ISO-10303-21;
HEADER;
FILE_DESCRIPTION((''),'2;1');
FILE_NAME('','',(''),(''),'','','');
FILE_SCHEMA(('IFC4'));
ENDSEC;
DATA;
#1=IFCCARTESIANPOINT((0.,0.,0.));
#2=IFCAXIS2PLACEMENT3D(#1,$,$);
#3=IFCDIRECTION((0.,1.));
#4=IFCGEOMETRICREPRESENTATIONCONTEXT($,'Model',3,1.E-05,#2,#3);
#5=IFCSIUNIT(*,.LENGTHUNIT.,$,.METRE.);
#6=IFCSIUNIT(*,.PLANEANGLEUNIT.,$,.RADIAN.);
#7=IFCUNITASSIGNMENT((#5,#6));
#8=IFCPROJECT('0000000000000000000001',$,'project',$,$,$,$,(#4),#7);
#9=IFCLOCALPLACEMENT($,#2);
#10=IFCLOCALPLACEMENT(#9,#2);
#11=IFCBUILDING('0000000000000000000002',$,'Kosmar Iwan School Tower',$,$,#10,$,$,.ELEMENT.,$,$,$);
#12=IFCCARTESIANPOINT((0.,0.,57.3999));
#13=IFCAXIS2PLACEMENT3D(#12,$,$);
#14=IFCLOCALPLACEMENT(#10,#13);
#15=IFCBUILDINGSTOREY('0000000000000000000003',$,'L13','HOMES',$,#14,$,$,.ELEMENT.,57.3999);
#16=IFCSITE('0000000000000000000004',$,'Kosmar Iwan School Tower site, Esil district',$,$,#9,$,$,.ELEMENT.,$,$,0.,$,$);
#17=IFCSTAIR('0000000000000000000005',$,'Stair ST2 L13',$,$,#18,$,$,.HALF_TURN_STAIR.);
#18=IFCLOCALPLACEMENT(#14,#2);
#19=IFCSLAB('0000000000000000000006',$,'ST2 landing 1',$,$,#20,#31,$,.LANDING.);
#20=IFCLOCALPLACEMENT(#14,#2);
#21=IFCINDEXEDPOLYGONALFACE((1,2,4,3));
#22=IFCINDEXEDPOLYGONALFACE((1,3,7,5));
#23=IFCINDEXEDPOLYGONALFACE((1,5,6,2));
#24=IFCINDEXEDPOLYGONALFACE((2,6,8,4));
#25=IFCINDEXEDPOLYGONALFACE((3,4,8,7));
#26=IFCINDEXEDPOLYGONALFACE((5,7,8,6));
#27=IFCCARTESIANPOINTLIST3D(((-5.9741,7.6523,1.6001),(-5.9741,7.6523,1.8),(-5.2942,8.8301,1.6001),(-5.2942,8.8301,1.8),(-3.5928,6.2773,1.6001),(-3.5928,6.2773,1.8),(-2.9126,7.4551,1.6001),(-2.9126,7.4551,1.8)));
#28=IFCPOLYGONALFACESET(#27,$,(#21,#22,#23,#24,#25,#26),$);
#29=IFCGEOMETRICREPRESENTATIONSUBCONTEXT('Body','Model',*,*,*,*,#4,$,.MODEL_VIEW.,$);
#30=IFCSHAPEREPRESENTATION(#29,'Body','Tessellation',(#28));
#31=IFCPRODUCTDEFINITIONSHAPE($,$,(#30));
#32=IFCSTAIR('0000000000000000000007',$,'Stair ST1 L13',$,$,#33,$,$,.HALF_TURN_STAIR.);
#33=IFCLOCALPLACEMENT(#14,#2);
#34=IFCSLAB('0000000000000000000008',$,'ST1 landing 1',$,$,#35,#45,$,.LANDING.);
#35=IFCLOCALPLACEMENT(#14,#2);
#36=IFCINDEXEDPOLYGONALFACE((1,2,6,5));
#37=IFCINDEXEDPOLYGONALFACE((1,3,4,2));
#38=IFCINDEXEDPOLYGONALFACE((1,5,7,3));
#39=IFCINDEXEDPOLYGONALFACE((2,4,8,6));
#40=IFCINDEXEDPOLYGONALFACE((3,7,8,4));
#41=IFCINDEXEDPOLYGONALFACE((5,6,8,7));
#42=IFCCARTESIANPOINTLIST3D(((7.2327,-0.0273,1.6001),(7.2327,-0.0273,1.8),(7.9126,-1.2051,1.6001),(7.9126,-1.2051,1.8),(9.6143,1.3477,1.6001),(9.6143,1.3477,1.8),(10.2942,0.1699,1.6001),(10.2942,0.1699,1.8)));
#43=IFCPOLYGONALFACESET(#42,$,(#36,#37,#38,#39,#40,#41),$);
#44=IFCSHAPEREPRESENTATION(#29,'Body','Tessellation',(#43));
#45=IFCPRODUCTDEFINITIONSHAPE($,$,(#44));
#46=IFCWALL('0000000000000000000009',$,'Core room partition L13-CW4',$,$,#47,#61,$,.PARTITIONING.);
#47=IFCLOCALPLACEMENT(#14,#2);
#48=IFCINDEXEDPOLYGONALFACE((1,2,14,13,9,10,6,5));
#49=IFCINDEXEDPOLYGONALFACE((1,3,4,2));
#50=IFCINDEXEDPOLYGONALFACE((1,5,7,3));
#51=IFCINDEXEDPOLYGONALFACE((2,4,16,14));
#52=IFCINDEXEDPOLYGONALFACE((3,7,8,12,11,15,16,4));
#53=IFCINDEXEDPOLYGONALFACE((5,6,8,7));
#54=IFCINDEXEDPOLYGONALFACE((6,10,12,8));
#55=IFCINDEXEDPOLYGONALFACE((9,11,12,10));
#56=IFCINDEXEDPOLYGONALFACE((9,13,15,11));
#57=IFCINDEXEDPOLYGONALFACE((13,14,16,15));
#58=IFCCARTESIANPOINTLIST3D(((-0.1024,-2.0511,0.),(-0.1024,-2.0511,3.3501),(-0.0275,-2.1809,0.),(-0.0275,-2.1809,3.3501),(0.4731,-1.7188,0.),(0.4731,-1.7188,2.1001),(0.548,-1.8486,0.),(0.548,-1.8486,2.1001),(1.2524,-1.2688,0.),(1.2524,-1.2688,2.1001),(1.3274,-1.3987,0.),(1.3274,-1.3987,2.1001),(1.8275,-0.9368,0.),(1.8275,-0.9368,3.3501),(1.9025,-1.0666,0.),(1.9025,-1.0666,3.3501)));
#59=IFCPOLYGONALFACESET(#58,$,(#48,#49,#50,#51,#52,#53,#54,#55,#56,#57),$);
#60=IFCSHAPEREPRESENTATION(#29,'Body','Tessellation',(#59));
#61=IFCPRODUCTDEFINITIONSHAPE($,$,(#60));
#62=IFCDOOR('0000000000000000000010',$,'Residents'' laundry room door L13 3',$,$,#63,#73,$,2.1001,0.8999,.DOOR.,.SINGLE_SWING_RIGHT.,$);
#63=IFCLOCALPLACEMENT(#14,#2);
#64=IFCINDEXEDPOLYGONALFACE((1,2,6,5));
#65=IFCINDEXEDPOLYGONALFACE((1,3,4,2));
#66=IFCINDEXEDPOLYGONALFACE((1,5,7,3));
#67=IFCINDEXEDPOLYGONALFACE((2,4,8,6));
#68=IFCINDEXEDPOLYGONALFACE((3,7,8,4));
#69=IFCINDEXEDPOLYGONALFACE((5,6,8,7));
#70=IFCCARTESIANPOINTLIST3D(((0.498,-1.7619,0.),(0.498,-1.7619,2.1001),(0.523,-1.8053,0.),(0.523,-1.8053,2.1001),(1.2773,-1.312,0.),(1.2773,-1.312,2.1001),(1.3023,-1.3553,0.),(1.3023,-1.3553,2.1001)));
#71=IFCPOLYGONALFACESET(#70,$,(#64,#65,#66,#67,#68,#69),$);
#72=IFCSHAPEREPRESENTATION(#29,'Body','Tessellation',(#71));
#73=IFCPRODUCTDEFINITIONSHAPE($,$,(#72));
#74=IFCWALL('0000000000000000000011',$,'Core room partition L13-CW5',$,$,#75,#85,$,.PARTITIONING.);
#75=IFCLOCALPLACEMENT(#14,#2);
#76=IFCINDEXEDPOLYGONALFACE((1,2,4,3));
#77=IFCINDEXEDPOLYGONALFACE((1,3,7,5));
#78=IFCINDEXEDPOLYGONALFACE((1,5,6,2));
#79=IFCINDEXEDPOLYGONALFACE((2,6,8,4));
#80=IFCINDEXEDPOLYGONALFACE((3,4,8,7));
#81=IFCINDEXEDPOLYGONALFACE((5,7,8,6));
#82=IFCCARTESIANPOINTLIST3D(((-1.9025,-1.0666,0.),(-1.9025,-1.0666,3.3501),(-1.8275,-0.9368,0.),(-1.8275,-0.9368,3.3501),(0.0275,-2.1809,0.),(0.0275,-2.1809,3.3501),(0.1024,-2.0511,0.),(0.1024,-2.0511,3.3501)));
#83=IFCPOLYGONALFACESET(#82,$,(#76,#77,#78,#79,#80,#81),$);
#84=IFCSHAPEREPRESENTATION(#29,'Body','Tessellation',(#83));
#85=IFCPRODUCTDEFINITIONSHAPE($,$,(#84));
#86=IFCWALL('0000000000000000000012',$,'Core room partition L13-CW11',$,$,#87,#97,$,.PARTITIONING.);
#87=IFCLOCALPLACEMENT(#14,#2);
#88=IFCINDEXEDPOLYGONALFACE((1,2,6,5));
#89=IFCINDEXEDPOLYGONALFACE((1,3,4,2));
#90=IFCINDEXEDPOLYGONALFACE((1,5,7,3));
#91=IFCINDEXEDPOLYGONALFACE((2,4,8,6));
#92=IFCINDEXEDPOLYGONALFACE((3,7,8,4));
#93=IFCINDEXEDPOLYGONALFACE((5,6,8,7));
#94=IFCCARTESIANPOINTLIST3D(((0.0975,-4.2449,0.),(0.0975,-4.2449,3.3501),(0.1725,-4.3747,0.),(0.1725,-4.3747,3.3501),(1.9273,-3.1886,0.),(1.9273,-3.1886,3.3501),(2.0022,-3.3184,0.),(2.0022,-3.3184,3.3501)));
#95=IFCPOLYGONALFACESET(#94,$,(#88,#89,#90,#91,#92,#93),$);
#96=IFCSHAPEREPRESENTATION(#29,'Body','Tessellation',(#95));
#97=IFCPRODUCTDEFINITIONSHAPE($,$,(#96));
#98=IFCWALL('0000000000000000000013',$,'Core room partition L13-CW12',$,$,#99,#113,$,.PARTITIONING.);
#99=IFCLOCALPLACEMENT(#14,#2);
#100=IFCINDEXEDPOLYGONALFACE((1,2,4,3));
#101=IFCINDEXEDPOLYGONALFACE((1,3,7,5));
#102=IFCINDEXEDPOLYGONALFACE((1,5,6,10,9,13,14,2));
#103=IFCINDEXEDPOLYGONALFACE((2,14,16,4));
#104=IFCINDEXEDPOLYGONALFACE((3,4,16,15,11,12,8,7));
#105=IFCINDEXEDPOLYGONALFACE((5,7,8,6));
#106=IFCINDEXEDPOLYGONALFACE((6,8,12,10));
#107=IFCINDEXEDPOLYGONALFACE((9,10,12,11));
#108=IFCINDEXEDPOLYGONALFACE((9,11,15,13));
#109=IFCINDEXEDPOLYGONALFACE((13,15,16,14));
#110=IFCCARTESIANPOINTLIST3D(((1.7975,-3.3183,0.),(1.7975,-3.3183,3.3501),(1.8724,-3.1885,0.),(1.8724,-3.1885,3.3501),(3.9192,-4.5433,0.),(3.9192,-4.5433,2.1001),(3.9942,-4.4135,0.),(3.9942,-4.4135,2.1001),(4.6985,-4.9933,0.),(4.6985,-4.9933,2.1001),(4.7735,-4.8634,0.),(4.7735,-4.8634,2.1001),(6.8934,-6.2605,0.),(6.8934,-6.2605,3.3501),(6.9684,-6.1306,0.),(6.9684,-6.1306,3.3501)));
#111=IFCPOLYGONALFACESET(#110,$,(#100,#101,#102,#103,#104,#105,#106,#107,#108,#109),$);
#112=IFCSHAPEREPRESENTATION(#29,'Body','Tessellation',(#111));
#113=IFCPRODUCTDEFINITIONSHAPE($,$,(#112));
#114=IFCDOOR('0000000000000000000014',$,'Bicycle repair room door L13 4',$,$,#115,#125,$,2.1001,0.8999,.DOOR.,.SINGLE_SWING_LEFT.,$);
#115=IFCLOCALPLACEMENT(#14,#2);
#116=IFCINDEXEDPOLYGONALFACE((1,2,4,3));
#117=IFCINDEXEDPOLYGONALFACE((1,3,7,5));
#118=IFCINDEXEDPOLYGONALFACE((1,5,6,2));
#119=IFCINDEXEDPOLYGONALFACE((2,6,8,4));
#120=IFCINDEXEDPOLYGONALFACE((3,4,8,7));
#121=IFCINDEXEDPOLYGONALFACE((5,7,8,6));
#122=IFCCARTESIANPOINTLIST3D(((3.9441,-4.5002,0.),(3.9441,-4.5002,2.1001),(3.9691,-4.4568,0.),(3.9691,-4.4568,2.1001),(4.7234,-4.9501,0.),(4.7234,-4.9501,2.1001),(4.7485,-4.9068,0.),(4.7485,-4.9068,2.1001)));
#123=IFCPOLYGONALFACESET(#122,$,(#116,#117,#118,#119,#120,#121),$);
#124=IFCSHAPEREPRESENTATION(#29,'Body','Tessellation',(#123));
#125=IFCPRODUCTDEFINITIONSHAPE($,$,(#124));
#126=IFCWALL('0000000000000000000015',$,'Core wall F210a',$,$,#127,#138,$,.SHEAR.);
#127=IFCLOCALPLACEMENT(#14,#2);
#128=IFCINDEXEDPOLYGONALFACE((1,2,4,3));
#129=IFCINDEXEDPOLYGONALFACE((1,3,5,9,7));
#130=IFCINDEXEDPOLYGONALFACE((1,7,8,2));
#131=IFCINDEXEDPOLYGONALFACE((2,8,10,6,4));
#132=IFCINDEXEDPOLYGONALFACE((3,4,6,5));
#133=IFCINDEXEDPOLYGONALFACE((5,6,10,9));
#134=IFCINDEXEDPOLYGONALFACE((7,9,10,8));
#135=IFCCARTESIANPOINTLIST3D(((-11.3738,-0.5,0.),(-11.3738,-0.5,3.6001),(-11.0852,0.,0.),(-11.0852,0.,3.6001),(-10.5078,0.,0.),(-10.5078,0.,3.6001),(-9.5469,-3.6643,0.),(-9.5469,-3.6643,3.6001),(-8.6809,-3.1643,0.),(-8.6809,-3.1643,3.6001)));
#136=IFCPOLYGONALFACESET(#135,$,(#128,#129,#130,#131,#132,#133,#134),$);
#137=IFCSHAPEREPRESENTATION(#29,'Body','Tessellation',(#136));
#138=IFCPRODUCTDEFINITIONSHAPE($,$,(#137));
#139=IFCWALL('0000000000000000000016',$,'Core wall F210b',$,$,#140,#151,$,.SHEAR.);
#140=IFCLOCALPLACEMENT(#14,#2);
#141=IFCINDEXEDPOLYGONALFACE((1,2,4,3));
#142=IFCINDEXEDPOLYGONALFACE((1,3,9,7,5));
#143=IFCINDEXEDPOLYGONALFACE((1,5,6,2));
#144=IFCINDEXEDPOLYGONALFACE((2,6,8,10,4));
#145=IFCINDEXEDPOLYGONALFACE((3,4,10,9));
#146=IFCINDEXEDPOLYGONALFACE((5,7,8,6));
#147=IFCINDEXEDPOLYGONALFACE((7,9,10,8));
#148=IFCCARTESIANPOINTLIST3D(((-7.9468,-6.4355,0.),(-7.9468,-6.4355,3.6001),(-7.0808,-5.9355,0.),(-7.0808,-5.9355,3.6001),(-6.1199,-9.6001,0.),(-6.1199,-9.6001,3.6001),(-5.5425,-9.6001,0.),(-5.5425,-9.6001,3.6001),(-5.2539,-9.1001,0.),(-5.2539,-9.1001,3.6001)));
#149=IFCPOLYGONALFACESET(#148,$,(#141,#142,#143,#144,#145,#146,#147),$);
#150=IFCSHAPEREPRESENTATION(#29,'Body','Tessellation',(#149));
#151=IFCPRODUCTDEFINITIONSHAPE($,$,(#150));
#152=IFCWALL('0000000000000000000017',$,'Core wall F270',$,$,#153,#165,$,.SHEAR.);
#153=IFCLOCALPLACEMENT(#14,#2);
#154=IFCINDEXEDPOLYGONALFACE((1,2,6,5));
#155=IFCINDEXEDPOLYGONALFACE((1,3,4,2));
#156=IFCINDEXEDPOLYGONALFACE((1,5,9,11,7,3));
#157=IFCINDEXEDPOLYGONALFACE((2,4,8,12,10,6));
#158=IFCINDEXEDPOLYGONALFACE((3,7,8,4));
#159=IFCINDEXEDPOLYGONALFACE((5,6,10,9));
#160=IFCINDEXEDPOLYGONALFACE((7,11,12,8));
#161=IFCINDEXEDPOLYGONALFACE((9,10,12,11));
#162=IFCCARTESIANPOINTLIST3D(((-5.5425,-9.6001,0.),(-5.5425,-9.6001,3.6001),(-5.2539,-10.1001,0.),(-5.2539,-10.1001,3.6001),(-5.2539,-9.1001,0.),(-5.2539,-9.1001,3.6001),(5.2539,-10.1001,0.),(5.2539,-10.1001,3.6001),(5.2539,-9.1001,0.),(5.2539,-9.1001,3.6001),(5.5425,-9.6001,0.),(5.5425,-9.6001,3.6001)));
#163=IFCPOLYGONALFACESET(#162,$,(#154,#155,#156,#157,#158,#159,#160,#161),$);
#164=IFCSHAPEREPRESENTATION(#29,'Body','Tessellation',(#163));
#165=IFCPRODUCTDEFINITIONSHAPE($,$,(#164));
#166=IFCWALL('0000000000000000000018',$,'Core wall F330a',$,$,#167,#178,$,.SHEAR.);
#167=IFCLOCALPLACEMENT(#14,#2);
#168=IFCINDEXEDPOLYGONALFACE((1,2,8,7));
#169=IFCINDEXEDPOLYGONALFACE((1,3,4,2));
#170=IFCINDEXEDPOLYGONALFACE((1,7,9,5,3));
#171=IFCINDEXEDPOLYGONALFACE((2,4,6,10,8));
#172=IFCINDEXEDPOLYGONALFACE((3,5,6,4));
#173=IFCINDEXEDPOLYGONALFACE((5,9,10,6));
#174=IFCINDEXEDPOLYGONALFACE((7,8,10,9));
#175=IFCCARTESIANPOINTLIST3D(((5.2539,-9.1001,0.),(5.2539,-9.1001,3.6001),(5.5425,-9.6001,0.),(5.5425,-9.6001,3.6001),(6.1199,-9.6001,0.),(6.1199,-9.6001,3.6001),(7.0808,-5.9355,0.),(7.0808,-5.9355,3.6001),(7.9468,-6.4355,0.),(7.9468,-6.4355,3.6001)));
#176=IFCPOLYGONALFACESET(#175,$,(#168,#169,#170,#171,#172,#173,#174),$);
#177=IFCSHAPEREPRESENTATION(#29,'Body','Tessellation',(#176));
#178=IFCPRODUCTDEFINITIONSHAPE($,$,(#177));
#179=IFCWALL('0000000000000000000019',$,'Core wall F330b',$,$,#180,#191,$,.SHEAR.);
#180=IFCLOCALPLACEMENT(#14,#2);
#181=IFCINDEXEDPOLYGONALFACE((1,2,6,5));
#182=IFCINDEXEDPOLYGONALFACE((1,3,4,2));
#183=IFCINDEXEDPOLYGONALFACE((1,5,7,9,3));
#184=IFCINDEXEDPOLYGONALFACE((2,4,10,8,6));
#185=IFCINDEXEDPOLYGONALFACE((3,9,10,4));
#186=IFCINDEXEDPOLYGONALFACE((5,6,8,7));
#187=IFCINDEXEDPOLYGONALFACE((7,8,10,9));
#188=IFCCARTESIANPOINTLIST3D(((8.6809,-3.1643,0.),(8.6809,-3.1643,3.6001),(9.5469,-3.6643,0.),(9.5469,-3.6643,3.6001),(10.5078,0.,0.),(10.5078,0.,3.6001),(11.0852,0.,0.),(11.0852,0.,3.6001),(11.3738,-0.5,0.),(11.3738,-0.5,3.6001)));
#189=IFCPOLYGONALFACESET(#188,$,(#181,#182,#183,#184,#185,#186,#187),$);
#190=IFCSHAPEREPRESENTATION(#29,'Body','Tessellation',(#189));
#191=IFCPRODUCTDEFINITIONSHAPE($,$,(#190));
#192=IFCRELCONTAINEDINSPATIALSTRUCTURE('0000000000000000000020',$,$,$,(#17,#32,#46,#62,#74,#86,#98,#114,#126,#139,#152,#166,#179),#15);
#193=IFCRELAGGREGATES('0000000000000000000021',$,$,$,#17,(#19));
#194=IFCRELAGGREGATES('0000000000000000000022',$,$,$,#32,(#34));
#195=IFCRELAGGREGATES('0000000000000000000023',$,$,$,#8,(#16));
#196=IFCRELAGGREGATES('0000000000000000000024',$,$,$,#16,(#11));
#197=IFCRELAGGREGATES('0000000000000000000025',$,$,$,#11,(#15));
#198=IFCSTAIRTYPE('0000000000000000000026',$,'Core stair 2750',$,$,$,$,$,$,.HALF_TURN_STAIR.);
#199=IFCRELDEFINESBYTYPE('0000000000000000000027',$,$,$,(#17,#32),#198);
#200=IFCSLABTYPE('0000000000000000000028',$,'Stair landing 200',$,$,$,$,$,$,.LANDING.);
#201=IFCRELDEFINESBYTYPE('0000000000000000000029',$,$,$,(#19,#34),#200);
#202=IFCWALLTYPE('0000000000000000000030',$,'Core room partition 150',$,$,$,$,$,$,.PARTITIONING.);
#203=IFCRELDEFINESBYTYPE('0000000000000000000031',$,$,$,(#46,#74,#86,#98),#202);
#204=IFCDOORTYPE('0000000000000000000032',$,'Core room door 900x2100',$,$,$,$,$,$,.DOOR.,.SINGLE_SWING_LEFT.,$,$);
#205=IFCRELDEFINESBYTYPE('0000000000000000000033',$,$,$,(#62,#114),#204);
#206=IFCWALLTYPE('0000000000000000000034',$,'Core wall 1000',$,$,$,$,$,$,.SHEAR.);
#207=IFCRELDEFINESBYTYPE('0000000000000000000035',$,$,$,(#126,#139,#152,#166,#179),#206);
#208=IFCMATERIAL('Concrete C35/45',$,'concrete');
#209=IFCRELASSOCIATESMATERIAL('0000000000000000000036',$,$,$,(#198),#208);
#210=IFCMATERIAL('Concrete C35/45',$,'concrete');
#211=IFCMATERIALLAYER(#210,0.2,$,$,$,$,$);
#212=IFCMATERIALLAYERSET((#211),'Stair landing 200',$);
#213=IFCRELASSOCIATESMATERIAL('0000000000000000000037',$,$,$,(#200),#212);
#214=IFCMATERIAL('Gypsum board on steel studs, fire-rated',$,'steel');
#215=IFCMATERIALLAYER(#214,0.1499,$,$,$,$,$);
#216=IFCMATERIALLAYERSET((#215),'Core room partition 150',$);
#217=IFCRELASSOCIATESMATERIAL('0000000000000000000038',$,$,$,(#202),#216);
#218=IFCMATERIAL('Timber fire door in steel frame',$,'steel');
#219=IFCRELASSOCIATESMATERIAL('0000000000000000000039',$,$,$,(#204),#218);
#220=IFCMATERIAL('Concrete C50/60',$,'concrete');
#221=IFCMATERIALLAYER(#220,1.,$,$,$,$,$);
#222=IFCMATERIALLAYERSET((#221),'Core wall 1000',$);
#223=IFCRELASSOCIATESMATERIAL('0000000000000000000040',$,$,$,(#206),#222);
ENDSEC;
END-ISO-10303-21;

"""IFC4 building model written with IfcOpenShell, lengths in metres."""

from ifc_helpers import new_model, si_unit, direction, frame, frame_2d, origin, place, context, subcontext, project, spatial, polyline, rectangle, outline, extrude, material, layer, layer_set, type_object, element, fill, aggregate, save


model = new_model("IFC4")

# Units and contexts
model_context = context("Model", 3, precision=1e-05, world=origin(), true_north=direction((0.0, 1.0)))
body_context = subcontext(model_context, "Body", "Model", "MODEL_VIEW")
ifc_project = project(units=[si_unit("LENGTHUNIT", "METRE"), si_unit("PLANEANGLEUNIT", "RADIAN")], contexts=[model_context])

# Site, building, storey
site_placement = place(None, origin())
site = spatial("IfcSite", under=ifc_project, at=site_placement, Name="Kosmar Iwan School Tower site, Esil district", CompositionType="ELEMENT", RefElevation=0.0)
building_placement = place(site_placement, origin())
building = spatial("IfcBuilding", under=site, at=building_placement, Name="Kosmar Iwan School Tower", CompositionType="ELEMENT")
storey_placement = place(building_placement, frame((0.0, 0.0, 57.3999)))
storey = spatial("IfcBuildingStorey", under=building, at=storey_placement, Name="L13", Description="HOMES", CompositionType="ELEMENT", Elevation=57.3999)

# Stairs, slabs
ifc_material_1 = material(Name="Concrete C35/45", Category="concrete")
stair_type = type_object("IfcStairType", Name="Core stair 2750", PredefinedType="HALF_TURN_STAIR", material=ifc_material_1)
stair_1_placement = place(storey_placement, origin())
stair_1 = element("IfcStair", 1, at=stair_1_placement, inside=storey, type_object=stair_type, Name="Stair ST2 L13", PredefinedType="HALF_TURN_STAIR")
ifc_material_2 = material(Name="Concrete C35/45", Category="concrete")
ifc_layer_1 = layer(ifc_material_2, 0.2)
ifc_layer_set_1 = layer_set([ifc_layer_1], Name="Stair landing 200")
slab_type = type_object("IfcSlabType", Name="Stair landing 200", PredefinedType="LANDING", material=ifc_layer_set_1)
slab_1_placement = place(storey_placement, frame((0.0, 0.0, 1.6001)))
slab_1 = element("IfcSlab", 2, at=slab_1_placement, type_object=slab_type, Name="ST2 landing 1", PredefinedType="LANDING", context=body_context, shape_type="SweptSolid", body=[
    extrude(outline(polyline([(-2.9126, 7.4551), (-5.2942, 8.8301), (-5.9741, 7.6523), (-3.5928, 6.2773), (-2.9126, 7.4551)])), origin(), (0.0, 0.0, 1.0), 0.2),
])
aggregate(stair_1, [slab_1])
stair_2_placement = place(storey_placement, origin())
stair_2 = element("IfcStair", 3, at=stair_2_placement, inside=storey, type_object=stair_type, Name="Stair ST1 L13", PredefinedType="HALF_TURN_STAIR")
slab_2_placement = place(storey_placement, frame((0.0, 0.0, 1.6001)))
slab_2 = element("IfcSlab", 4, at=slab_2_placement, type_object=slab_type, Name="ST1 landing 1", PredefinedType="LANDING", context=body_context, shape_type="SweptSolid", body=[
    extrude(outline(polyline([(7.9126, -1.2051), (10.2942, 0.1699), (9.6143, 1.3477), (7.2327, -0.0273), (7.9126, -1.2051)])), origin(), (0.0, 0.0, 1.0), 0.2),
])
aggregate(stair_2, [slab_2])

# Wall, opening, door
ifc_material_3 = material(Name="Gypsum board on steel studs, fire-rated", Category="steel")
ifc_layer_2 = layer(ifc_material_3, 0.1499)
ifc_layer_set_2 = layer_set([ifc_layer_2], Name="Core room partition 150")
wall_type_1 = type_object("IfcWallType", Name="Core room partition 150", PredefinedType="PARTITIONING", material=ifc_layer_set_2)
wall_1_placement = place(storey_placement, frame((1.865, -1.0017, 0.0), z_axis=(0.0, 0.0, 1.0), x_axis=(-0.866023, -0.500004, 0.0)))
wall_1 = element("IfcWall", 5, at=wall_1_placement, inside=storey, type_object=wall_type_1, Name="Core room partition L13-CW4", PredefinedType="PARTITIONING", context=body_context, shape_type="SweptSolid", body=[
    extrude(rectangle(XDim=2.2285, YDim=0.1499, at=frame_2d((1.1143, 0.0))), origin(), (0.0, 0.0, 1.0), 3.3501),
])
opening_1_placement = place(wall_1_placement, frame((0.6641, 0.0, 0.0)))
opening_1 = element("IfcOpeningElement", 6, at=opening_1_placement, cuts=wall_1, PredefinedType="OPENING", context=body_context, shape_type="SweptSolid", body=[
    extrude(rectangle(XDim=0.8999, YDim=2.1001, at=frame_2d((0.45, 1.05))), frame((0.0, 0.0869, 0.0), z_axis=(0.0, -1.0, 0.0), x_axis=(1.0, 0.0, 0.0)), (0.0, 0.0, 1.0), 0.1738),
])
ifc_material_4 = material(Name="Timber fire door in steel frame", Category="steel")
door_type_1 = type_object("IfcDoorType", Name="Core room door 900x2100", OperationType="SINGLE_SWING_LEFT", PredefinedType="DOOR", material=ifc_material_4)
door_1_placement = place(opening_1_placement, origin())
door_1 = element("IfcDoor", 7, at=door_1_placement, inside=storey, type_object=door_type_1, Name="Residents' laundry room door L13 3", OperationType="SINGLE_SWING_RIGHT", OverallHeight=2.1001, OverallWidth=0.8999, PredefinedType="DOOR", context=body_context, shape_type="SweptSolid", body=[
    extrude(rectangle(XDim=0.8999, YDim=2.1001, at=frame_2d((0.45, 1.05))), frame((0.0, 0.0249, 0.0), z_axis=(0.0, -1.0, 0.0), x_axis=(1.0, 0.0, 0.0)), (0.0, 0.0, 1.0), 0.05),
])
fill(opening_1, door_1)

# Walls
wall_2_placement = place(storey_placement, frame((0.0649, -2.116, 0.0), z_axis=(0.0, 0.0, 1.0), x_axis=(-0.866023, 0.500004, 0.0)))
element("IfcWall", 8, at=wall_2_placement, inside=storey, type_object=wall_type_1, Name="Core room partition L13-CW5", PredefinedType="PARTITIONING", context=body_context, shape_type="SweptSolid", body=[
    extrude(rectangle(XDim=2.2285, YDim=0.1499, at=frame_2d((1.1143, 0.0))), origin(), (0.0, 0.0, 1.0), 3.3501),
])
wall_3_placement = place(storey_placement, frame((0.135, -4.3098, 0.0), z_axis=(0.0, 0.0, 1.0), x_axis=(0.866037, 0.499979, 0.0)))
element("IfcWall", 9, at=wall_3_placement, inside=storey, type_object=wall_type_1, Name="Core room partition L13-CW11", PredefinedType="PARTITIONING", context=body_context, shape_type="SweptSolid", body=[
    extrude(rectangle(XDim=2.1128, YDim=0.1499, at=frame_2d((1.0564, 0.0))), origin(), (0.0, 0.0, 1.0), 3.3501),
])

# Wall, opening, door
wall_4_placement = place(storey_placement, frame((1.835, -3.2534, 0.0), z_axis=(0.0, 0.0, 1.0), x_axis=(0.866026, -0.499999, 0.0)))
wall_4 = element("IfcWall", 10, at=wall_4_placement, inside=storey, type_object=wall_type_1, Name="Core room partition L13-CW12", PredefinedType="PARTITIONING", context=body_context, shape_type="SweptSolid", body=[
    extrude(rectangle(XDim=5.8843, YDim=0.1499, at=frame_2d((2.9421, 0.0))), origin(), (0.0, 0.0, 1.0), 3.3501),
])
opening_2_placement = place(wall_4_placement, frame((2.45, 0.0, 0.0)))
opening_2 = element("IfcOpeningElement", 11, at=opening_2_placement, cuts=wall_4, PredefinedType="OPENING", context=body_context, shape_type="SweptSolid", body=[
    extrude(rectangle(XDim=0.8999, YDim=2.1001, at=frame_2d((0.45, 1.05))), frame((0.0, 0.0869, 0.0), z_axis=(0.0, -1.0, 0.0), x_axis=(1.0, 0.0, 0.0)), (0.0, 0.0, 1.0), 0.1738),
])
door_2_placement = place(opening_2_placement, origin())
door_2 = element("IfcDoor", 12, at=door_2_placement, inside=storey, type_object=door_type_1, Name="Bicycle repair room door L13 4", OperationType="SINGLE_SWING_LEFT", OverallHeight=2.1001, OverallWidth=0.8999, PredefinedType="DOOR", context=body_context, shape_type="SweptSolid", body=[
    extrude(rectangle(XDim=0.8999, YDim=2.1001, at=frame_2d((0.45, 1.05))), frame((0.0, 0.0249, 0.0), z_axis=(0.0, -1.0, 0.0), x_axis=(1.0, 0.0, 0.0)), (0.0, 0.0, 1.0), 0.05),
])
fill(opening_2, door_2)

# Walls
ifc_material_5 = material(Name="Concrete C50/60", Category="concrete")
ifc_layer_3 = layer(ifc_material_5, 1.0)
ifc_layer_set_3 = layer_set([ifc_layer_3], Name="Core wall 1000")
wall_type_2 = type_object("IfcWallType", Name="Core wall 1000", PredefinedType="SHEAR", material=ifc_layer_set_3)
wall_5_placement = place(storey_placement, origin())
element("IfcWall", 13, at=wall_5_placement, inside=storey, type_object=wall_type_2, Name="Core wall F210a", PredefinedType="SHEAR", context=body_context, shape_type="SweptSolid", body=[
    extrude(outline(polyline([(-9.5469, -3.6643), (-8.6809, -3.1643), (-10.5078, 0.0), (-11.0852, 0.0), (-11.3738, -0.5), (-9.5469, -3.6643)])), origin(), (0.0, 0.0, 1.0), 3.6001),
])
wall_6_placement = place(storey_placement, origin())
element("IfcWall", 14, at=wall_6_placement, inside=storey, type_object=wall_type_2, Name="Core wall F210b", PredefinedType="SHEAR", context=body_context, shape_type="SweptSolid", body=[
    extrude(outline(polyline([(-6.1199, -9.6001), (-5.5425, -9.6001), (-5.2539, -9.1001), (-7.0808, -5.9355), (-7.9468, -6.4355), (-6.1199, -9.6001)])), origin(), (0.0, 0.0, 1.0), 3.6001),
])
wall_7_placement = place(storey_placement, origin())
element("IfcWall", 15, at=wall_7_placement, inside=storey, type_object=wall_type_2, Name="Core wall F270", PredefinedType="SHEAR", context=body_context, shape_type="SweptSolid", body=[
    extrude(outline(polyline([(-5.2539, -10.1001), (5.2539, -10.1001), (5.5425, -9.6001), (5.2539, -9.1001), (-5.2539, -9.1001), (-5.5425, -9.6001), (-5.2539, -10.1001)])), origin(), (0.0, 0.0, 1.0), 3.6001),
])
wall_8_placement = place(storey_placement, origin())
element("IfcWall", 16, at=wall_8_placement, inside=storey, type_object=wall_type_2, Name="Core wall F330a", PredefinedType="SHEAR", context=body_context, shape_type="SweptSolid", body=[
    extrude(outline(polyline([(5.5425, -9.6001), (6.1199, -9.6001), (7.9468, -6.4355), (7.0808, -5.9355), (5.2539, -9.1001), (5.5425, -9.6001)])), origin(), (0.0, 0.0, 1.0), 3.6001),
])
wall_9_placement = place(storey_placement, origin())
element("IfcWall", 17, at=wall_9_placement, inside=storey, type_object=wall_type_2, Name="Core wall F330b", PredefinedType="SHEAR", context=body_context, shape_type="SweptSolid", body=[
    extrude(outline(polyline([(9.5469, -3.6643), (11.3738, -0.5), (11.0852, 0.0), (10.5078, 0.0), (8.6809, -3.1643), (9.5469, -3.6643)])), origin(), (0.0, 0.0, 1.0), 3.6001),
])

save(model, "model.ifc")
